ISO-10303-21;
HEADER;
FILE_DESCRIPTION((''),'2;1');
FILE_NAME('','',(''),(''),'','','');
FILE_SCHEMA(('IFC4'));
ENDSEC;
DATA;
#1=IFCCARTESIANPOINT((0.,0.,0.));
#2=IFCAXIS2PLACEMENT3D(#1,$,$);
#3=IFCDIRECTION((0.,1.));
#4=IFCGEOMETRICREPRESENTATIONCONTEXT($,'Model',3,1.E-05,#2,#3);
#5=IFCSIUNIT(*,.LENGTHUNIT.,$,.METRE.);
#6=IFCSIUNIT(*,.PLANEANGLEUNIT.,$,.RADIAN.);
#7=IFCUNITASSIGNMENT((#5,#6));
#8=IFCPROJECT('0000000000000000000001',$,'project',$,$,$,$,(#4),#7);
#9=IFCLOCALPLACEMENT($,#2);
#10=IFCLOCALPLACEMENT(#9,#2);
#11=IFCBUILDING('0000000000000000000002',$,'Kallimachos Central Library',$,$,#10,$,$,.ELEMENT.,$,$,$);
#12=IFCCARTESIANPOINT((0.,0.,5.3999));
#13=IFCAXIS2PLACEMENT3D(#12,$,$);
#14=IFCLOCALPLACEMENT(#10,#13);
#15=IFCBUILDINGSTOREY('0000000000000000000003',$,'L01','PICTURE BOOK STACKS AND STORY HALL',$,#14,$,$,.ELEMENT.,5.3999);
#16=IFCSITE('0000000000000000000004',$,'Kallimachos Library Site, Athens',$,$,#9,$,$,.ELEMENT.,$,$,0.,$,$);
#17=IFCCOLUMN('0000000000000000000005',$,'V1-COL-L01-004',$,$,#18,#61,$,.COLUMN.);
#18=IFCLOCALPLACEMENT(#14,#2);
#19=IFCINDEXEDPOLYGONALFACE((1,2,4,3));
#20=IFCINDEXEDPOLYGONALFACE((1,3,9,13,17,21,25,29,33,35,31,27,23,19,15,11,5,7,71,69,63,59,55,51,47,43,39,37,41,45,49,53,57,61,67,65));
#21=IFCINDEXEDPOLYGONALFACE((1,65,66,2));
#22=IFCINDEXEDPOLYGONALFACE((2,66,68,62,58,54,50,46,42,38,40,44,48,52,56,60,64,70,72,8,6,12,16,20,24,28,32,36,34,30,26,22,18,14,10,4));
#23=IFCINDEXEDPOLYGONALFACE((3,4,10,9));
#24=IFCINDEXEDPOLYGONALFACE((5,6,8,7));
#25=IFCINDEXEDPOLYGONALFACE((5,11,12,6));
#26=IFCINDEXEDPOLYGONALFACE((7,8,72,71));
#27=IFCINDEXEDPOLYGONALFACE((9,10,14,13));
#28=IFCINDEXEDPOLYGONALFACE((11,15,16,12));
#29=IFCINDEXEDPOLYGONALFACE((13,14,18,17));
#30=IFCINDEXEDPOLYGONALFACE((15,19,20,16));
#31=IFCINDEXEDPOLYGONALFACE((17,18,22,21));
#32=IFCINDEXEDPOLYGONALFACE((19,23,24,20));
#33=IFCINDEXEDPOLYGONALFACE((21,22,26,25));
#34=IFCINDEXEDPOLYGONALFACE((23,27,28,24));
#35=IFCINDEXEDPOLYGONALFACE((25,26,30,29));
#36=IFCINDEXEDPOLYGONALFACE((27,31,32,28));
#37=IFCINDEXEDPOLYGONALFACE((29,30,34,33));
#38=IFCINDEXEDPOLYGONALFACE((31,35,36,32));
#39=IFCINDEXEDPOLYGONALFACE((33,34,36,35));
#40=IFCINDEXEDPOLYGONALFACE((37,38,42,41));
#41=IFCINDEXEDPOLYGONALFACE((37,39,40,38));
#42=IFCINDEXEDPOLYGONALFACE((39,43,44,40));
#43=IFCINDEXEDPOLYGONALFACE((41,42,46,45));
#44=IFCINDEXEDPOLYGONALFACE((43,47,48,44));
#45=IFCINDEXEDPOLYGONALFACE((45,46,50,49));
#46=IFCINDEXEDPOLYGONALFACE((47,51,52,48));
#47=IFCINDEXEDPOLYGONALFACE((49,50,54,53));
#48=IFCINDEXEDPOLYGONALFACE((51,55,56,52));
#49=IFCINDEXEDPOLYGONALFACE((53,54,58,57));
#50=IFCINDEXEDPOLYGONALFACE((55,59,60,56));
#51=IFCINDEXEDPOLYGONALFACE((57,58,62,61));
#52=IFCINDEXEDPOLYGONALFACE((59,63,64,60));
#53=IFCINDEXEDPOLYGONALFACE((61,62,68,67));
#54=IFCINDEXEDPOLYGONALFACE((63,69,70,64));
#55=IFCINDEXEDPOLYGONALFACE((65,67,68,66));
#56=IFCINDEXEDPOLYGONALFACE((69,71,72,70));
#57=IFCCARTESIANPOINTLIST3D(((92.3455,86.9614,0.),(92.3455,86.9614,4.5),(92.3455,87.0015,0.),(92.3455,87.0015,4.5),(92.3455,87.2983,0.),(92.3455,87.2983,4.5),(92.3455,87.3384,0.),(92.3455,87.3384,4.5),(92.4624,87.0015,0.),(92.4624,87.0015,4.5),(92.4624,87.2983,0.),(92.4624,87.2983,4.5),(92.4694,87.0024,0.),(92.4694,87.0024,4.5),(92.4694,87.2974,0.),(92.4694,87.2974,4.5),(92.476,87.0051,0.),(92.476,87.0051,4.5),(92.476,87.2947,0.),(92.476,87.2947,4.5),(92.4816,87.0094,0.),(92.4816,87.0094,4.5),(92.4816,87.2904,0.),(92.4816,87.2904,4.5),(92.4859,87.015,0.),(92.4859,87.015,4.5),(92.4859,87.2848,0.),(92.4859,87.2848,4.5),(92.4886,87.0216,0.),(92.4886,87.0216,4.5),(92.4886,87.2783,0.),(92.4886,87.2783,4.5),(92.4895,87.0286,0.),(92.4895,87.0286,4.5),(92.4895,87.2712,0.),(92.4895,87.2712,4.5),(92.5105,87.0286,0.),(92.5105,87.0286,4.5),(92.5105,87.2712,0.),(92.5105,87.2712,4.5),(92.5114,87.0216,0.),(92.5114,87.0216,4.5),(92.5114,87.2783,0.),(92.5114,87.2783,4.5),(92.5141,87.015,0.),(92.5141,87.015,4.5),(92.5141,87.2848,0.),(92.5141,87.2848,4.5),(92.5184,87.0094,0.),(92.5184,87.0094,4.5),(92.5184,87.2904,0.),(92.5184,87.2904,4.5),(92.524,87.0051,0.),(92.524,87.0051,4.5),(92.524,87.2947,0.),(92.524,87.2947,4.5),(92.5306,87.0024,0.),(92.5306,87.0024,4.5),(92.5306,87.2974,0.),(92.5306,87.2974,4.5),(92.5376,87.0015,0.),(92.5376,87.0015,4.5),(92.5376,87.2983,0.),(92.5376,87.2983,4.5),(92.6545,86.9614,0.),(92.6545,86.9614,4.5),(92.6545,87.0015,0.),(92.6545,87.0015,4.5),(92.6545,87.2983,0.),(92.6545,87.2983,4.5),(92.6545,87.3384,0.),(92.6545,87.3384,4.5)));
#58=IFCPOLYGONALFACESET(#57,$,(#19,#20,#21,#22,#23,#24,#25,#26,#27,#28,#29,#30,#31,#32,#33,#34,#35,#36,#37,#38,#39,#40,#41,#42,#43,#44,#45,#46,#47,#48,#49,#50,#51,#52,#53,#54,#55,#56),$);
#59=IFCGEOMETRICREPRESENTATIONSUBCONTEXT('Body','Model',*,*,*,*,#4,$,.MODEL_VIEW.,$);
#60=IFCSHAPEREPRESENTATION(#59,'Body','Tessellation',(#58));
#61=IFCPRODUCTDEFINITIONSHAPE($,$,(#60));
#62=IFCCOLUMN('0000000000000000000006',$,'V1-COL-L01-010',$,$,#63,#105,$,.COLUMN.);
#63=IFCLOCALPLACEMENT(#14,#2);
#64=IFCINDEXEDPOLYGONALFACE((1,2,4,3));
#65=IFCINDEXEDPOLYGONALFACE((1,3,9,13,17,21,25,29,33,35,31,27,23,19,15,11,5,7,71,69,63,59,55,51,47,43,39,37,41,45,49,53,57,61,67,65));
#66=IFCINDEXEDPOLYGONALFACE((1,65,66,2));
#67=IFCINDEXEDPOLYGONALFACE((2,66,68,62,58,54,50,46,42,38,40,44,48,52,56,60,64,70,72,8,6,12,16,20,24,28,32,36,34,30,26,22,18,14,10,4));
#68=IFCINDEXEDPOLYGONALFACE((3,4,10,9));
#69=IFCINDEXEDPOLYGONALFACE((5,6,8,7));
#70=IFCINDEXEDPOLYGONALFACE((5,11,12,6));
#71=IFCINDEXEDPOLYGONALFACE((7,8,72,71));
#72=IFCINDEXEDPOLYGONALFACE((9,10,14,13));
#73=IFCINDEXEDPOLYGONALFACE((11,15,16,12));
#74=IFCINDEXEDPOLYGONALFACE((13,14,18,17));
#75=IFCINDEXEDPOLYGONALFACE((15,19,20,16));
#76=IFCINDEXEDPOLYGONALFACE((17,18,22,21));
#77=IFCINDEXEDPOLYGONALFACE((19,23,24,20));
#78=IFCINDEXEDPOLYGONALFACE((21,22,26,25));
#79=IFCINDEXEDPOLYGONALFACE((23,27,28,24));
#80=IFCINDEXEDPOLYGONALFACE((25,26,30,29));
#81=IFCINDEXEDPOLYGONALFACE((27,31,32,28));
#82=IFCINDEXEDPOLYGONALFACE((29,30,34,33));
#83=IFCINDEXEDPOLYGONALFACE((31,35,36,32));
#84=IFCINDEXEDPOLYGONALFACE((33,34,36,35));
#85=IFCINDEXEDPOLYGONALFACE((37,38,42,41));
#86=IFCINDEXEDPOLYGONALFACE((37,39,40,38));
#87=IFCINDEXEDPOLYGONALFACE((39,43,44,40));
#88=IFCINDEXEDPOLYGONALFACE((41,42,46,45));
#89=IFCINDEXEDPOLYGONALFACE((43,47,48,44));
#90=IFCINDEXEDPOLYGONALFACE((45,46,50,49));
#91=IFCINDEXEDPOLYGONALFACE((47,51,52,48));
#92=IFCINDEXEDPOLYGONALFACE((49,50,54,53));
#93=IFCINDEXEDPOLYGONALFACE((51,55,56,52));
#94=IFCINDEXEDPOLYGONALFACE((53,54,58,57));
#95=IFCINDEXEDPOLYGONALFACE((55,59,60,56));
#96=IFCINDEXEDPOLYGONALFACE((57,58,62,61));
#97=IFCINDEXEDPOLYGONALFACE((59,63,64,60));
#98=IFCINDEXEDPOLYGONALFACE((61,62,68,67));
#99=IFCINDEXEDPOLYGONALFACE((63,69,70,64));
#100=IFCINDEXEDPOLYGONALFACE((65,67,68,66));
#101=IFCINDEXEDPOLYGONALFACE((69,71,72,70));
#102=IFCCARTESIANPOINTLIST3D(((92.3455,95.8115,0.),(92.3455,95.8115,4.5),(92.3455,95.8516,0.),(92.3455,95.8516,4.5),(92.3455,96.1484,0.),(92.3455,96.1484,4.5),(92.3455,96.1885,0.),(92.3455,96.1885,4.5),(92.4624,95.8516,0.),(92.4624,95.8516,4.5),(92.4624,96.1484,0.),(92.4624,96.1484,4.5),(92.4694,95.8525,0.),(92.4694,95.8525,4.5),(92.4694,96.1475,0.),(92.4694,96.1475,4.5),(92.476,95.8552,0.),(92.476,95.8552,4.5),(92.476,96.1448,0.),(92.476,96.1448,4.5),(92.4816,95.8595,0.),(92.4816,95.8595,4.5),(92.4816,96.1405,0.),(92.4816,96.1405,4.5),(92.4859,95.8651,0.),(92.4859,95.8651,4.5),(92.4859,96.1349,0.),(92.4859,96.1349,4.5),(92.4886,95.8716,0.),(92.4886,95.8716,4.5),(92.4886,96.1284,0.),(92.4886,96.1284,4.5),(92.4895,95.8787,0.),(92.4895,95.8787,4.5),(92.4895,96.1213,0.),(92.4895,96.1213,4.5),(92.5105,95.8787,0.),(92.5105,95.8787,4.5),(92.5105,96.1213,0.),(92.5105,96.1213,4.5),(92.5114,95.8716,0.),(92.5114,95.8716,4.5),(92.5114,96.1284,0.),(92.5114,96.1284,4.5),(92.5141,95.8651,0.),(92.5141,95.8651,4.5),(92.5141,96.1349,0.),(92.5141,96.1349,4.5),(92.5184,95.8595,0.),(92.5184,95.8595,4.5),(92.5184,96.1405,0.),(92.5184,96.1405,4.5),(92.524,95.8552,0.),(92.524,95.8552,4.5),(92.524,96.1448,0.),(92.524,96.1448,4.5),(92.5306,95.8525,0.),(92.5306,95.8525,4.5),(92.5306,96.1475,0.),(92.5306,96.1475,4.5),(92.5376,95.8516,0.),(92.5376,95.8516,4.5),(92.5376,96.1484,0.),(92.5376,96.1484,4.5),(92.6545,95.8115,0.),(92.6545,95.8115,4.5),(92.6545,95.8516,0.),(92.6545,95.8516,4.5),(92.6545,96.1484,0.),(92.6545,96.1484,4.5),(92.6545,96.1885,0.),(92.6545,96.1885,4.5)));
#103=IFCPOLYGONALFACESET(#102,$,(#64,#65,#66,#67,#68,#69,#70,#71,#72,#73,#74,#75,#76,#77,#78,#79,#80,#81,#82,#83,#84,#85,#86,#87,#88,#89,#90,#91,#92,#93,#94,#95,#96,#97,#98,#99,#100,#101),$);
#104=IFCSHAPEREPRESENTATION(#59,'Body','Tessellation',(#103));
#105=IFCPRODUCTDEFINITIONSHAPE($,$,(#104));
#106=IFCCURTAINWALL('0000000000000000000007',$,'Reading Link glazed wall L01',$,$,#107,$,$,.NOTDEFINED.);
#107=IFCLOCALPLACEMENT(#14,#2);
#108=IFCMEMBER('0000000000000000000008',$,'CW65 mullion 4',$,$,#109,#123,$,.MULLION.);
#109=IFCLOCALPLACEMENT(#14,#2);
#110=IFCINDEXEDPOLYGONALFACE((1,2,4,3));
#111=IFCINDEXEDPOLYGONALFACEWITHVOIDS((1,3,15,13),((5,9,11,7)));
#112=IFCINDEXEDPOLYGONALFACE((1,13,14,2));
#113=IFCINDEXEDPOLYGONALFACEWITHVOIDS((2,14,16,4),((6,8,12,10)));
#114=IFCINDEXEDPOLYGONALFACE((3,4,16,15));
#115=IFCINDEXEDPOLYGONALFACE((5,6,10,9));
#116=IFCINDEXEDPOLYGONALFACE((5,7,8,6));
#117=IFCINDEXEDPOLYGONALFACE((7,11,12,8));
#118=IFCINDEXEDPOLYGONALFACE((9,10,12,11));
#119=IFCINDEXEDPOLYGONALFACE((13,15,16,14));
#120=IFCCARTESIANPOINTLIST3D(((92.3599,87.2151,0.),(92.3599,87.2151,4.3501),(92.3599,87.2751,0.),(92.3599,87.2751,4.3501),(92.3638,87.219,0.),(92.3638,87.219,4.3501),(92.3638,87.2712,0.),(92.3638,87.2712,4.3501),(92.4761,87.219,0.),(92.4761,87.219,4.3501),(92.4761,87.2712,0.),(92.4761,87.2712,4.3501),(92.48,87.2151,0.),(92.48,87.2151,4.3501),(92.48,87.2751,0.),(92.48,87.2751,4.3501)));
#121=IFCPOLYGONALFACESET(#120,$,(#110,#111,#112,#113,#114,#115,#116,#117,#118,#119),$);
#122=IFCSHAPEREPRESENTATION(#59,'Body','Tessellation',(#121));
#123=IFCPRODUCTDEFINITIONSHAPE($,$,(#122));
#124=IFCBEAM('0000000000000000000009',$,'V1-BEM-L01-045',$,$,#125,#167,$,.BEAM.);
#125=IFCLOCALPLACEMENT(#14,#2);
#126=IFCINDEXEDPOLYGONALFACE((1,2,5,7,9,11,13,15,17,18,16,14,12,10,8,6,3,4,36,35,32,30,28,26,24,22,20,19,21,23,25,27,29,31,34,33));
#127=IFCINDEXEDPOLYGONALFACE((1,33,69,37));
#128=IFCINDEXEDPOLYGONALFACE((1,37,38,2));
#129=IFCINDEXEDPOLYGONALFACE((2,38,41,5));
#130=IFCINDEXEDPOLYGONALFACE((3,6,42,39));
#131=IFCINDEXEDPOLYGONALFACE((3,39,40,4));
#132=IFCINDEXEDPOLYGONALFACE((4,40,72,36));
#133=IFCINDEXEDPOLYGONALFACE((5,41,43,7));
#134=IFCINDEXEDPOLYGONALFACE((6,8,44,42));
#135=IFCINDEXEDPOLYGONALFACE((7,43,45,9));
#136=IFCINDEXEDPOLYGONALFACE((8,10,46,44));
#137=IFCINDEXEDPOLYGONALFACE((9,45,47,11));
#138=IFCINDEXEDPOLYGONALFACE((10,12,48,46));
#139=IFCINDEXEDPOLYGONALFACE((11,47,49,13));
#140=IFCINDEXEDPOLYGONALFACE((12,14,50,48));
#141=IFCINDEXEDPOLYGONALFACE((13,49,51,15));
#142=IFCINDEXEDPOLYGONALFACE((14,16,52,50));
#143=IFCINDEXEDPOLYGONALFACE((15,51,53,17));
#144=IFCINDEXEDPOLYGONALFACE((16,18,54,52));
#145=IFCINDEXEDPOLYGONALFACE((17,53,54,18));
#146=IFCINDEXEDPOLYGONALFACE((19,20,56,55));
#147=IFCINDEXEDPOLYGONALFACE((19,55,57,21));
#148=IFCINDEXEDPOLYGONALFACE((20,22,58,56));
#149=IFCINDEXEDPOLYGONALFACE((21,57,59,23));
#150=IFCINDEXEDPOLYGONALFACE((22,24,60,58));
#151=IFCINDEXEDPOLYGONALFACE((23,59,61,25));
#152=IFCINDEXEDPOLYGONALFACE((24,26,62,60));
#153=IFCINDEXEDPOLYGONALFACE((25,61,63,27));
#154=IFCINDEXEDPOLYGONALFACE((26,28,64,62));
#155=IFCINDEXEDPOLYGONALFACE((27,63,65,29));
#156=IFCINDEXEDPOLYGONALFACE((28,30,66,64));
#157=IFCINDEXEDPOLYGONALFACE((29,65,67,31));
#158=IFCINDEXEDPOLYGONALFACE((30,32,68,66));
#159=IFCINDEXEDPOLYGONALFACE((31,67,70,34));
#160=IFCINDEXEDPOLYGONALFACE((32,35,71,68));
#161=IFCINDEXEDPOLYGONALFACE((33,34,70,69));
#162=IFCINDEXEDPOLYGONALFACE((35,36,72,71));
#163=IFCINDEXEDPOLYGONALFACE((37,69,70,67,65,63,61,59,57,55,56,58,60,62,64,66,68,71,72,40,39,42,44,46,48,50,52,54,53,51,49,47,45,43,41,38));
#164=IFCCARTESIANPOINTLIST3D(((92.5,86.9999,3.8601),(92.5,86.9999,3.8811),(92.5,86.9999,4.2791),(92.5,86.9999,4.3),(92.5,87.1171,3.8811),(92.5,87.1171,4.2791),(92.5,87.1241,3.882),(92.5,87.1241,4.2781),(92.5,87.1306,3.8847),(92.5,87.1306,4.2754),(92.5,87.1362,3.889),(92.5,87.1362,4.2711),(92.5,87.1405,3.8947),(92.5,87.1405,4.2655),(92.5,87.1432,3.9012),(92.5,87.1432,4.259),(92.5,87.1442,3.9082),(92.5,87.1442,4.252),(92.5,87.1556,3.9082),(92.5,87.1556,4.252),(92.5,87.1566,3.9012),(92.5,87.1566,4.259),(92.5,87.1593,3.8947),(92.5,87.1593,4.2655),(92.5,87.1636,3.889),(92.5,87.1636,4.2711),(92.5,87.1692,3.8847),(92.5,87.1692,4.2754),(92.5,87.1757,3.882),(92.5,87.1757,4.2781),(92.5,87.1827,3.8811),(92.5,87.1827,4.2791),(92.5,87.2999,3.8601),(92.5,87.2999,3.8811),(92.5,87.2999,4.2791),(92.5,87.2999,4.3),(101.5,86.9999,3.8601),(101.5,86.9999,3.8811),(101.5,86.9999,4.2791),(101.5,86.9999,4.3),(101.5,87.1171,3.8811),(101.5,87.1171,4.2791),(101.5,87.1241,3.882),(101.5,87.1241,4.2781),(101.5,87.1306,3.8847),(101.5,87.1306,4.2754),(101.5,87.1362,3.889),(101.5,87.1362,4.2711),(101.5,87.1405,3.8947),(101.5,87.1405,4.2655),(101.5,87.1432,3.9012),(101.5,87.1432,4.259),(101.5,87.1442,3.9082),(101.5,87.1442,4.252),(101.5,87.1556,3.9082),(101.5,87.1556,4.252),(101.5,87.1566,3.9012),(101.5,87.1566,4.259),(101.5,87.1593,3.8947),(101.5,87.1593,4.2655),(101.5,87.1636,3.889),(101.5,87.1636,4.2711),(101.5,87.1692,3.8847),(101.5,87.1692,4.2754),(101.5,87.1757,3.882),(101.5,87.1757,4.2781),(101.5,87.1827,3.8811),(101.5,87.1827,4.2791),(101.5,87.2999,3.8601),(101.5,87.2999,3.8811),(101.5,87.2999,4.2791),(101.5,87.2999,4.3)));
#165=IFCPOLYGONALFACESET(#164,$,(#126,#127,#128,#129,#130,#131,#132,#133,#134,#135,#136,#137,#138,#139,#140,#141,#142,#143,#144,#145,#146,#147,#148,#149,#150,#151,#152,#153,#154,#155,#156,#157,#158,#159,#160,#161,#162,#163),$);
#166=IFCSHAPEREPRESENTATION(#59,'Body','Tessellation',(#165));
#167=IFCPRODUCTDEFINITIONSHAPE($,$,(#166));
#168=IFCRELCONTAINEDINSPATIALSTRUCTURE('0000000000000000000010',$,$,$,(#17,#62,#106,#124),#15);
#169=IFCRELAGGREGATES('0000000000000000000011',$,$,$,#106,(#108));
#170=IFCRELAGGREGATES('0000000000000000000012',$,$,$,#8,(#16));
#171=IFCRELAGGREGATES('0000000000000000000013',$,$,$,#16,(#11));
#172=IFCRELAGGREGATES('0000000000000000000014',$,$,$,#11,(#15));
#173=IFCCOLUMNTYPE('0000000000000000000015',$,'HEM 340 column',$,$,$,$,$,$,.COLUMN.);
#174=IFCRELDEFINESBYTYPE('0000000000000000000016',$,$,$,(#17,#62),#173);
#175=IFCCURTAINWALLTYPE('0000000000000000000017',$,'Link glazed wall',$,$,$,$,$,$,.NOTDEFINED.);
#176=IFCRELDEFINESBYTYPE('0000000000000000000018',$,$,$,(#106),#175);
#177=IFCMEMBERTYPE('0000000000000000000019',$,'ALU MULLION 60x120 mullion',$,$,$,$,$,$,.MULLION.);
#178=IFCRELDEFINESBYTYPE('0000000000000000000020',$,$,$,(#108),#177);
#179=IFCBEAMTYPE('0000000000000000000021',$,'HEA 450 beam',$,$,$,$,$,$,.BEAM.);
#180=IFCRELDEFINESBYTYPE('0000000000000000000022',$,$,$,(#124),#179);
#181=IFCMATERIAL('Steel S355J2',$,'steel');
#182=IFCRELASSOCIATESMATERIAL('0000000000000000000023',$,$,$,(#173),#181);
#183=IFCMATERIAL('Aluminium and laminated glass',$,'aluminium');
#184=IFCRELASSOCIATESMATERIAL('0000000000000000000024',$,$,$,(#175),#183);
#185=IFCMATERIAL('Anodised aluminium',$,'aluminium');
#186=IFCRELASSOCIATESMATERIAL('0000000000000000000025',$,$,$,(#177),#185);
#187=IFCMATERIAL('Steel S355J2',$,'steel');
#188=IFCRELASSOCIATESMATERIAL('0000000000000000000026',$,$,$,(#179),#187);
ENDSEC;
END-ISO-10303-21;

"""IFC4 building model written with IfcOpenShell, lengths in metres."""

from ifc_helpers import new_model, si_unit, direction, frame, origin, origin_2d, place, context, subcontext, project, spatial, hollow_rectangle, i_section, extrude, material, material_profile, profile_set, type_object, element, aggregate, save


model = new_model("IFC4")

# Units and contexts
model_context = context("Model", 3, precision=1e-05, world=origin(), true_north=direction((0.0, 1.0)))
body_context = subcontext(model_context, "Body", "Model", "MODEL_VIEW")
ifc_project = project(units=[si_unit("LENGTHUNIT", "METRE"), si_unit("PLANEANGLEUNIT", "RADIAN")], contexts=[model_context])

# Site, building, storey
site_placement = place(None, origin())
site = spatial("IfcSite", under=ifc_project, at=site_placement, Name="Kallimachos Library Site, Athens", CompositionType="ELEMENT", RefElevation=0.0)
building_placement = place(site_placement, origin())
building = spatial("IfcBuilding", under=site, at=building_placement, Name="Kallimachos Central Library", CompositionType="ELEMENT")
storey_placement = place(building_placement, frame((0.0, 0.0, 5.3999)))
storey = spatial("IfcBuildingStorey", under=building, at=storey_placement, Name="L01", Description="PICTURE BOOK STACKS AND STORY HALL", CompositionType="ELEMENT", Elevation=5.3999)

# Columns
ifc_material_1 = material(Name="Steel S355J2", Category="steel")
ifc_material_profile_1 = material_profile(ifc_material_1, i_section(OverallWidth=0.3091, OverallDepth=0.377, WebThickness=0.021, FlangeThickness=0.04, FilletRadius=0.0271, at=origin_2d()), Name="HEM 340")
ifc_profile_set_1 = profile_set([ifc_material_profile_1], Name="Steel S355J2")
column_type = type_object("IfcColumnType", Name="HEM 340 column", PredefinedType="COLUMN", material=ifc_profile_set_1)
for number, where, z_axis, x_axis, name in (
    (1, (92.5, 87.1499, 0.0), (0.0, 0.0, 1.0), (1.0, 0.0, 0.0), "V1-COL-L01-004"),
    (2, (92.5, 96.0, 0.0), (0.0, 0.0, 1.0), (1.0, 0.0, 0.0), "V1-COL-L01-010"),
):
    element("IfcColumn", number, at=place(storey_placement, frame(where, z_axis=z_axis, x_axis=x_axis)), inside=storey, type_object=column_type, Name=name, PredefinedType="COLUMN", context=body_context, shape_type="SweptSolid", body=[
        extrude(i_section(OverallWidth=0.3091, OverallDepth=0.377, WebThickness=0.021, FlangeThickness=0.04, FilletRadius=0.0271, at=origin_2d()), origin(), (0.0, 0.0, 1.0), 4.5),
    ])

# Curtain wall, member
ifc_material_2 = material(Name="Aluminium and laminated glass", Category="aluminium")
curtain_wall_type = type_object("IfcCurtainWallType", Name="Link glazed wall", PredefinedType="NOTDEFINED", material=ifc_material_2)
curtain_wall_placement = place(storey_placement, origin())
curtain_wall = element("IfcCurtainWall", 3, at=curtain_wall_placement, inside=storey, type_object=curtain_wall_type, Name="Reading Link glazed wall L01", PredefinedType="NOTDEFINED")
ifc_material_3 = material(Name="Anodised aluminium", Category="aluminium")
ifc_material_profile_2 = material_profile(ifc_material_3, hollow_rectangle(XDim=0.0601, YDim=0.1201, WallThickness=0.0039, at=origin_2d()), Name="ALU MULLION 60x120")
ifc_profile_set_2 = profile_set([ifc_material_profile_2], Name="Anodised aluminium")
member_type = type_object("IfcMemberType", Name="ALU MULLION 60x120 mullion", PredefinedType="MULLION", material=ifc_profile_set_2)
member_placement = place(storey_placement, frame((92.4199, 87.2451, 0.0), z_axis=(0.0, 0.0, 1.0), x_axis=(0.0, 1.0, 0.0)))
member = element("IfcMember", 4, at=member_placement, type_object=member_type, Name="CW65 mullion 4", PredefinedType="MULLION", context=body_context, shape_type="SweptSolid", body=[
    extrude(hollow_rectangle(XDim=0.0601, YDim=0.1201, WallThickness=0.0039, at=origin_2d()), origin(), (0.0, 0.0, 1.0), 4.3501),
])

# Beam
ifc_material_4 = material(Name="Steel S355J2", Category="steel")
ifc_material_profile_3 = material_profile(ifc_material_4, i_section(OverallWidth=0.3, OverallDepth=0.4399, WebThickness=0.0115, FlangeThickness=0.021, FilletRadius=0.0271, at=origin_2d()), Name="HEA 450")
ifc_profile_set_3 = profile_set([ifc_material_profile_3], Name="Steel S355J2")
beam_type_1 = type_object("IfcBeamType", Name="HEA 450 beam", PredefinedType="BEAM", material=ifc_profile_set_3)
for number, where, z_axis, x_axis, name in (
    (5, (92.5, 87.1499, 4.0801), (1.0, 0.0, 0.0), (0.0, 1.0, 0.0), "V1-BEM-L01-045"),
):
    element("IfcBeam", number, at=place(storey_placement, frame(where, z_axis=z_axis, x_axis=x_axis)), inside=storey, type_object=beam_type_1, Name=name, PredefinedType="BEAM", context=body_context, shape_type="SweptSolid", body=[
        extrude(i_section(OverallWidth=0.3, OverallDepth=0.4399, WebThickness=0.0115, FlangeThickness=0.021, FilletRadius=0.0271, at=origin_2d()), origin(), (0.0, 0.0, 1.0), 9.0),
    ])

aggregate(curtain_wall, [member])

save(model, "model.ifc")
